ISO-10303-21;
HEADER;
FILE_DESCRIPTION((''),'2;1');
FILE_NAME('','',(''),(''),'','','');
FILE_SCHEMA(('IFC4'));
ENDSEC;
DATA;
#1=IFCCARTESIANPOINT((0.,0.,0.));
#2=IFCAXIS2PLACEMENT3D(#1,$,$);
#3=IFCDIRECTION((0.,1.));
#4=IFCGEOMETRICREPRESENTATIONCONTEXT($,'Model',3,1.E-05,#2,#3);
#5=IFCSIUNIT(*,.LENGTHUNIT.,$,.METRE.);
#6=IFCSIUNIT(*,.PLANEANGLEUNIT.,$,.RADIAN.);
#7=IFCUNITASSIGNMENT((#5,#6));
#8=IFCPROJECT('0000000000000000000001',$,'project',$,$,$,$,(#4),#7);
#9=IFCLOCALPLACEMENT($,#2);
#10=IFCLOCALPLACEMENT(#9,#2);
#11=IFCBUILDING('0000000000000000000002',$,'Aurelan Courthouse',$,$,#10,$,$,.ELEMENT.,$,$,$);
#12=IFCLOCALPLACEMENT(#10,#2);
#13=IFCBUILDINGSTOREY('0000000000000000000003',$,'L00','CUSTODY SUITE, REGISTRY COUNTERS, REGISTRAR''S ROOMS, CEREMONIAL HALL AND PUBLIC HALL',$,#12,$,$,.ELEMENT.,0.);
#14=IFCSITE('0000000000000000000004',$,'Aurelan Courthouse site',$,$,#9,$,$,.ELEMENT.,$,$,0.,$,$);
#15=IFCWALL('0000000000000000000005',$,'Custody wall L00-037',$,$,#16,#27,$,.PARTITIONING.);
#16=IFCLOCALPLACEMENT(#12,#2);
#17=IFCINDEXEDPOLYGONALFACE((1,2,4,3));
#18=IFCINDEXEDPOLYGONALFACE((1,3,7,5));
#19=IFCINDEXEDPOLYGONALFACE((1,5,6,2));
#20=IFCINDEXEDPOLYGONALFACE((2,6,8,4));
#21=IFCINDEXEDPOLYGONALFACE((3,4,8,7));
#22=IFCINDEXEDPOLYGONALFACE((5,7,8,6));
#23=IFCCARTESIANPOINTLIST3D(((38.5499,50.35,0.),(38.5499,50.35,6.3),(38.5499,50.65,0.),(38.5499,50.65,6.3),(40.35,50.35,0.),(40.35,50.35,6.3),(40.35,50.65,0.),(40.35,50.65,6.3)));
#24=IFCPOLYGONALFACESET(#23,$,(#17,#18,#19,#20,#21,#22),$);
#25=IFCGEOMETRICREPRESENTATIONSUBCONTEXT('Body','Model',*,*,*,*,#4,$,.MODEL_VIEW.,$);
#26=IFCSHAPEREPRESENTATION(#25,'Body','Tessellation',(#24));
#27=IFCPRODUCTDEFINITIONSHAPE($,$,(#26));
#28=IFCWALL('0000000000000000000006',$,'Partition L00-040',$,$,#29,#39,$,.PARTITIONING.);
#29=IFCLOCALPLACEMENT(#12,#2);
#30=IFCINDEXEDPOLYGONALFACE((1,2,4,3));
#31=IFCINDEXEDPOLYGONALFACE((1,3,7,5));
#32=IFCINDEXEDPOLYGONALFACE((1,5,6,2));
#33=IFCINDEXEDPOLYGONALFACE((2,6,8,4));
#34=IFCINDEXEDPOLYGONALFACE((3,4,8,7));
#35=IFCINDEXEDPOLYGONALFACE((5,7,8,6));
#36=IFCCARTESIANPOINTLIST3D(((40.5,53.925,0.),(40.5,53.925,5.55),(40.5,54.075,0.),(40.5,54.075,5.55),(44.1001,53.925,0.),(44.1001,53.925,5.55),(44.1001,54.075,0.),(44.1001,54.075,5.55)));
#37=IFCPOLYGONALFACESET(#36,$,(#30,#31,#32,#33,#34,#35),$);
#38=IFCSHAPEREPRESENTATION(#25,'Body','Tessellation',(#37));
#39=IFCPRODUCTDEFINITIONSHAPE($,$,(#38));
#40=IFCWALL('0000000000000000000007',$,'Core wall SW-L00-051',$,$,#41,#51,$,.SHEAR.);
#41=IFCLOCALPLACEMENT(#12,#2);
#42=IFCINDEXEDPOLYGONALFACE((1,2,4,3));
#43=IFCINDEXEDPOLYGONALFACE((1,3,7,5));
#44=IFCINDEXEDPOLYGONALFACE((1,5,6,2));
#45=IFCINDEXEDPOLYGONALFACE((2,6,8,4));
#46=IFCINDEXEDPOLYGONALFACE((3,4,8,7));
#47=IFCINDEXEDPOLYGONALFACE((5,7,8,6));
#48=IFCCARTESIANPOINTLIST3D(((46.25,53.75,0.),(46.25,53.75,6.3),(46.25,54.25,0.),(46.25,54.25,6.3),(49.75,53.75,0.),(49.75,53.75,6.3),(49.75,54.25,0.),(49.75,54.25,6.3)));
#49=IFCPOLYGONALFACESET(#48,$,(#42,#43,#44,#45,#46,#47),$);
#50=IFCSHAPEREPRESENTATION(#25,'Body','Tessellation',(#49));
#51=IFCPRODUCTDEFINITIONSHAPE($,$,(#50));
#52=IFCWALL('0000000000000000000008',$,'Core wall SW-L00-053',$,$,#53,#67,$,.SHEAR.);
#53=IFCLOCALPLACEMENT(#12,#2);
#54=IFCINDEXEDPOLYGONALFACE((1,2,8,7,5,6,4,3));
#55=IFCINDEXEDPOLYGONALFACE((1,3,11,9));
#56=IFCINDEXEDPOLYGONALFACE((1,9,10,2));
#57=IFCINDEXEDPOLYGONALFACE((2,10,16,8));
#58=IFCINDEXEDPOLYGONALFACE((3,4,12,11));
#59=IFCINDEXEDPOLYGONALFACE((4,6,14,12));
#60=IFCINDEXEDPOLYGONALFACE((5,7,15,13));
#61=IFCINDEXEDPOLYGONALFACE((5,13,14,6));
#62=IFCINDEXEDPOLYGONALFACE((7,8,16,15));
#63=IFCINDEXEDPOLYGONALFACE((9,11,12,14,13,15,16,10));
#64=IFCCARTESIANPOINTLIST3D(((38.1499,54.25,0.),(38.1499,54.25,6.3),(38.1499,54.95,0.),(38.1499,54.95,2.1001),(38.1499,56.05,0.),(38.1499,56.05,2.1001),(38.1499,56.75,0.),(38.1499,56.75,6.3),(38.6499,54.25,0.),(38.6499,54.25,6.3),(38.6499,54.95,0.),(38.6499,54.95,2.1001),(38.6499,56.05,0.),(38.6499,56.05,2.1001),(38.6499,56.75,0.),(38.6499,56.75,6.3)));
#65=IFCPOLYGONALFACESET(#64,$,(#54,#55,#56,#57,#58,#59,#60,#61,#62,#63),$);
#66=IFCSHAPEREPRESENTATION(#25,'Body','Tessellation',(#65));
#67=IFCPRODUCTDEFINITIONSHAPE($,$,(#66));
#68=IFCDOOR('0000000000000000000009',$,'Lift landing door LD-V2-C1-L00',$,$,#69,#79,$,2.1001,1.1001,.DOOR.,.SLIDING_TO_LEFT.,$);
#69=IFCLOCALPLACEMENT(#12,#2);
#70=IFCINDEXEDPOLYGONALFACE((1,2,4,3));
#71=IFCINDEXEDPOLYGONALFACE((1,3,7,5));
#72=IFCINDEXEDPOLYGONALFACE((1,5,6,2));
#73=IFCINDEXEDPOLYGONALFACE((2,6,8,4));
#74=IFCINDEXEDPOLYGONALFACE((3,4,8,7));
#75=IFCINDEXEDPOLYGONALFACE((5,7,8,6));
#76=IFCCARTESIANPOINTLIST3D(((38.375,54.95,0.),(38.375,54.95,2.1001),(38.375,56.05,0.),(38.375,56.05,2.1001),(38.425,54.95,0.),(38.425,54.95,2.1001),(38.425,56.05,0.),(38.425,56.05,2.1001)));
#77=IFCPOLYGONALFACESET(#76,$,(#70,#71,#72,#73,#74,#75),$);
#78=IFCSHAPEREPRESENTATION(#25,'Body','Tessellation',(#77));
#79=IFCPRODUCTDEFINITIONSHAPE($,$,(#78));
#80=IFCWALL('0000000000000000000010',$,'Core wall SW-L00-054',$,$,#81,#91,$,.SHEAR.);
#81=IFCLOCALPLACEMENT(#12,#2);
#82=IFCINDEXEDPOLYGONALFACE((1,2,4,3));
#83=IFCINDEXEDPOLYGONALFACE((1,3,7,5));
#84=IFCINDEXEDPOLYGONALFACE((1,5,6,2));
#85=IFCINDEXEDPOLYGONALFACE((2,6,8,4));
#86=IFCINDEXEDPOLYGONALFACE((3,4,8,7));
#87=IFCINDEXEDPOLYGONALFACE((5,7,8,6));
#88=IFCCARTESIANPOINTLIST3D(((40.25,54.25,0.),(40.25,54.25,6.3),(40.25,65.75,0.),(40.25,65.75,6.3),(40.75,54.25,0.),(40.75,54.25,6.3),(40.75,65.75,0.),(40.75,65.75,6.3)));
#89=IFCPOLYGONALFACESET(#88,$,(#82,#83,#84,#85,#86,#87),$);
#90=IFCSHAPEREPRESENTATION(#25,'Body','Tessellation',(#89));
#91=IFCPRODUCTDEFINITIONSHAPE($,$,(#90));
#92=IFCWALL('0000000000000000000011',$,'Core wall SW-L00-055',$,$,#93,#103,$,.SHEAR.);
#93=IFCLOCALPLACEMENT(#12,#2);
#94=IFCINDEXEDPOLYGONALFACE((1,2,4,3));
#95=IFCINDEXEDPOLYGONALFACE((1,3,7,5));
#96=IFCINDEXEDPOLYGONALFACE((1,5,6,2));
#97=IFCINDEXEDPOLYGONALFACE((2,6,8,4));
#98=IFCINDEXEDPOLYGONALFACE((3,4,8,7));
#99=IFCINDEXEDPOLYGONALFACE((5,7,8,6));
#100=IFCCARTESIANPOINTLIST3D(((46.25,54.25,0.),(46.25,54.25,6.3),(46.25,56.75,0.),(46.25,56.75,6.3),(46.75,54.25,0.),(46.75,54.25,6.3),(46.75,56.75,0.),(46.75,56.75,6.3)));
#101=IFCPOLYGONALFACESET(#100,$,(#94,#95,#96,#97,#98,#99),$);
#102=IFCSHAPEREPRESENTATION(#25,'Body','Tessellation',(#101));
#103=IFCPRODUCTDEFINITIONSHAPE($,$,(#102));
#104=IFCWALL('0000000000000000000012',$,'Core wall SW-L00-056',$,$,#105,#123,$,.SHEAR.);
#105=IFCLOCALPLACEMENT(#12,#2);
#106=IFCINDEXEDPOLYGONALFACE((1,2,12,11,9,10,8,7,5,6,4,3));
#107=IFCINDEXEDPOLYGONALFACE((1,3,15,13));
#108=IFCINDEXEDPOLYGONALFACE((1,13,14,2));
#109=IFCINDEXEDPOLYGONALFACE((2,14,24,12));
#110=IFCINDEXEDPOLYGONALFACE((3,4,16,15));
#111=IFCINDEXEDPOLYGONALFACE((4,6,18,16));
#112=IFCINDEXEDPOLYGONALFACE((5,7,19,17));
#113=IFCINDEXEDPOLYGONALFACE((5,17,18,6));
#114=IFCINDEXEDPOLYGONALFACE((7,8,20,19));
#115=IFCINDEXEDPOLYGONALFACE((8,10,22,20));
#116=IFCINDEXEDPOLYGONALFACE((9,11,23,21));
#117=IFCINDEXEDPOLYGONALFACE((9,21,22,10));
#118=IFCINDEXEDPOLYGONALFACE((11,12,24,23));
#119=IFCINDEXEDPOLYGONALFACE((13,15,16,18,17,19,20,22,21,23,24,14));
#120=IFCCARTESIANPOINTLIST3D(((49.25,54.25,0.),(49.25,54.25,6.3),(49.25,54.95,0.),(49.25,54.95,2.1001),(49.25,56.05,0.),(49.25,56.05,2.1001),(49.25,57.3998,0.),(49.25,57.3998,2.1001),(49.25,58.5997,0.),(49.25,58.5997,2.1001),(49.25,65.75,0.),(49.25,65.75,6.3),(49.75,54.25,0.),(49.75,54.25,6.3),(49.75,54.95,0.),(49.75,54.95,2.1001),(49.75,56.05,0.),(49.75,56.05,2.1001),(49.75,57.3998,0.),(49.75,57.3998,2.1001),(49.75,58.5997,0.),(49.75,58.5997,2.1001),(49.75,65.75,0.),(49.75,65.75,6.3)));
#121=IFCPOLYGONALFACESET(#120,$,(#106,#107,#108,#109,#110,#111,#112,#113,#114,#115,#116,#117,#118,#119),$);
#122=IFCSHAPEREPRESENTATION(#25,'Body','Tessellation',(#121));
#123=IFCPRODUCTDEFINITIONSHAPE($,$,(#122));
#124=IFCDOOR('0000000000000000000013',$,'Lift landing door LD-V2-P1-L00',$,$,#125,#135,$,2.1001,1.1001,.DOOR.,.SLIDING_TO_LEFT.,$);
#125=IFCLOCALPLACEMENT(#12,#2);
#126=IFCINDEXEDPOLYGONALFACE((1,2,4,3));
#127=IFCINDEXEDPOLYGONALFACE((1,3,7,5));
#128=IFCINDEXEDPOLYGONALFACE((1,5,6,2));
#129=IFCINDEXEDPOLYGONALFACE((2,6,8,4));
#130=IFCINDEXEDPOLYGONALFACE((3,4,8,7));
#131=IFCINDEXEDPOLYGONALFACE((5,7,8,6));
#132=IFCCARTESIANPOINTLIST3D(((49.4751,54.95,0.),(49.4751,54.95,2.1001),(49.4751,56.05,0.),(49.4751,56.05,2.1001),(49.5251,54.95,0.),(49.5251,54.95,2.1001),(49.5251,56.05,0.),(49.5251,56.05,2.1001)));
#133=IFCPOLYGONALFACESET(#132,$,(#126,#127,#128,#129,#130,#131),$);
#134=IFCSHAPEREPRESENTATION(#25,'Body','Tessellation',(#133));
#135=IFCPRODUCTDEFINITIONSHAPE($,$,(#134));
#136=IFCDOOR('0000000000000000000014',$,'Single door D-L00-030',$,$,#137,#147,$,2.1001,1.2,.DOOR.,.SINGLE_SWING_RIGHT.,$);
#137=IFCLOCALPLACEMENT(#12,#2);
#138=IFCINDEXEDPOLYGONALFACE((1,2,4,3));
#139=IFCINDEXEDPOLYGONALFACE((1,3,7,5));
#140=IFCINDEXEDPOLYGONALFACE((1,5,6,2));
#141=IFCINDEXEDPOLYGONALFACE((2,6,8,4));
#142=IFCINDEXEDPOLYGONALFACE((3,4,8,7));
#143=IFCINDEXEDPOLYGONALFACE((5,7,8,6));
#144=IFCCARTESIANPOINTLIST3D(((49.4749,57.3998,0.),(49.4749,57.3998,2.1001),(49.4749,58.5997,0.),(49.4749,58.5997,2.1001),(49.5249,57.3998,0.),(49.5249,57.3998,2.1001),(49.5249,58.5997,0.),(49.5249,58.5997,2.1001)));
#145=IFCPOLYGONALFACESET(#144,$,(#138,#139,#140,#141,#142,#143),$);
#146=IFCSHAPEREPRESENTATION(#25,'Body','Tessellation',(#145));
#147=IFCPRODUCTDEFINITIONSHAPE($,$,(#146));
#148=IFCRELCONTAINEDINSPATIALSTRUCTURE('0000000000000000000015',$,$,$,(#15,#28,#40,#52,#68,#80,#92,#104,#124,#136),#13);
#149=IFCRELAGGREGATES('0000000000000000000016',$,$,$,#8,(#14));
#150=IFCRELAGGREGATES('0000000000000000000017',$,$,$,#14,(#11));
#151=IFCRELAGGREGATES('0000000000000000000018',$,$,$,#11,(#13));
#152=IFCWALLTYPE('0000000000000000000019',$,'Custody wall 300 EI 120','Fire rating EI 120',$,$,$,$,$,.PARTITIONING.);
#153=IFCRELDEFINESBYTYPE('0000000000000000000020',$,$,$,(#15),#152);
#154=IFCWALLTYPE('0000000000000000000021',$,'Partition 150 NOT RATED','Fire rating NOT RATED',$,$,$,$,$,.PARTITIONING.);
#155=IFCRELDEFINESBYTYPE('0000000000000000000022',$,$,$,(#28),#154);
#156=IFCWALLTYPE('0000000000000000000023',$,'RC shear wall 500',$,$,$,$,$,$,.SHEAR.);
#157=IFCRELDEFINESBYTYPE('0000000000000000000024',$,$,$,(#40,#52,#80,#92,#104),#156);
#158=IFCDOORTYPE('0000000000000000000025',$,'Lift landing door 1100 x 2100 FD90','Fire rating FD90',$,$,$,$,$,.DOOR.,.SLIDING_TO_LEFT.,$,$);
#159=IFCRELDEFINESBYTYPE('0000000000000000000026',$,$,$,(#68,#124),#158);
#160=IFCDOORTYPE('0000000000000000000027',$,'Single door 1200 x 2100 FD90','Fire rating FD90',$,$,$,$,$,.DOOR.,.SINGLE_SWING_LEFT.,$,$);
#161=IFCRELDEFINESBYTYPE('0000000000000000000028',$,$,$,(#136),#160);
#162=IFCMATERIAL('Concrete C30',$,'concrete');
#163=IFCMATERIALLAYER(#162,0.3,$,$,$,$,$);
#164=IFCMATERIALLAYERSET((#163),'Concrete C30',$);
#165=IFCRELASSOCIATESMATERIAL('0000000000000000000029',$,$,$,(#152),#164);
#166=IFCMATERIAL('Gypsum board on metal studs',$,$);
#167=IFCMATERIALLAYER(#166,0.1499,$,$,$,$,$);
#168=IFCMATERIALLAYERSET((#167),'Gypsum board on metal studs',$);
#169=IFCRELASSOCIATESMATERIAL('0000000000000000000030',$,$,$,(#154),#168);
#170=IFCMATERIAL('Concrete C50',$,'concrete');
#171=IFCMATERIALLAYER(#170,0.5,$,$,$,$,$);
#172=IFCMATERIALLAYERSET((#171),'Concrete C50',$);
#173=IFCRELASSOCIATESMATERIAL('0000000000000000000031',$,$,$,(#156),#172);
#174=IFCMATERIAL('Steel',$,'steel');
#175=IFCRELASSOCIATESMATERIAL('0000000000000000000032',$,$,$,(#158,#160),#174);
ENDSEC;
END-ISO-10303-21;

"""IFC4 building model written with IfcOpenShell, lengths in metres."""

from ifc_helpers import new_model, si_unit, direction, frame, frame_2d, origin, place, context, subcontext, project, spatial, rectangle, extrude, material, layer, layer_set, type_object, element, fill, save


model = new_model("IFC4")

# Units and contexts
model_context = context("Model", 3, precision=1e-05, world=origin(), true_north=direction((0.0, 1.0)))
body_context = subcontext(model_context, "Body", "Model", "MODEL_VIEW")
ifc_project = project(units=[si_unit("LENGTHUNIT", "METRE"), si_unit("PLANEANGLEUNIT", "RADIAN")], contexts=[model_context])

# Site, building, storey
site_placement = place(None, origin())
site = spatial("IfcSite", under=ifc_project, at=site_placement, Name="Aurelan Courthouse site", CompositionType="ELEMENT", RefElevation=0.0)
building_placement = place(site_placement, origin())
building = spatial("IfcBuilding", under=site, at=building_placement, Name="Aurelan Courthouse", CompositionType="ELEMENT")
storey_placement = place(building_placement, origin())
storey = spatial("IfcBuildingStorey", under=building, at=storey_placement, Name="L00", Description="CUSTODY SUITE, REGISTRY COUNTERS, REGISTRAR'S ROOMS, CEREMONIAL HALL AND PUBLIC HALL", CompositionType="ELEMENT", Elevation=0.0)

# Shared definitions
ifc_material_1 = material(Name="Concrete C50", Category="concrete")

# Shared definitions
ifc_material_2 = material(Name="Gypsum board on metal studs")

# Shared definitions
ifc_material_3 = material(Name="Steel", Category="steel")

# Walls
ifc_material_4 = material(Name="Concrete C30", Category="concrete")
ifc_layer_1 = layer(ifc_material_4, 0.3)
ifc_layer_set_1 = layer_set([ifc_layer_1], Name="Concrete C30")
wall_type_1 = type_object("IfcWallType", Name="Custody wall 300 EI 120", Description="Fire rating EI 120", PredefinedType="PARTITIONING", material=ifc_layer_set_1)
for number, where, z_axis, x_axis, name in (
    (1, (38.55, 50.5, 0.0), (0.0, 0.0, 1.0), (1.0, 0.0, 0.0), "Custody wall L00-037"),
):
    element("IfcWall", number, at=place(storey_placement, frame(where, z_axis=z_axis, x_axis=x_axis)), inside=storey, type_object=wall_type_1, Name=name, PredefinedType="PARTITIONING", context=body_context, shape_type="SweptSolid", body=[
        extrude(rectangle(XDim=1.8, YDim=0.3, at=frame_2d((0.8999, 0.0))), origin(), (0.0, 0.0, 1.0), 6.3),
    ])
ifc_layer_2 = layer(ifc_material_2, 0.1499)
ifc_layer_set_2 = layer_set([ifc_layer_2], Name="Gypsum board on metal studs")
wall_type_2 = type_object("IfcWallType", Name="Partition 150 NOT RATED", Description="Fire rating NOT RATED", PredefinedType="PARTITIONING", material=ifc_layer_set_2)
wall_1_placement = place(storey_placement, frame((40.5, 54.0, 0.0), z_axis=(0.0, 0.0, 1.0), x_axis=(1.0, 0.0, 0.0)))
element("IfcWall", 2, at=wall_1_placement, inside=storey, type_object=wall_type_2, Name="Partition L00-040", PredefinedType="PARTITIONING", context=body_context, shape_type="SweptSolid", body=[
    extrude(rectangle(XDim=3.6001, YDim=0.1499, at=frame_2d((1.8, 0.0))), origin(), (0.0, 0.0, 1.0), 5.55),
])
ifc_layer_3 = layer(ifc_material_1, 0.5)
ifc_layer_set_3 = layer_set([ifc_layer_3], Name="Concrete C50")
wall_type_3 = type_object("IfcWallType", Name="RC shear wall 500", PredefinedType="SHEAR", material=ifc_layer_set_3)
wall_2_placement = place(storey_placement, frame((46.25, 54.0, 0.0), z_axis=(0.0, 0.0, 1.0), x_axis=(1.0, 0.0, 0.0)))
element("IfcWall", 3, at=wall_2_placement, inside=storey, type_object=wall_type_3, Name="Core wall SW-L00-051", PredefinedType="SHEAR", context=body_context, shape_type="SweptSolid", body=[
    extrude(rectangle(XDim=3.5, YDim=0.5, at=frame_2d((1.75, 0.0))), origin(), (0.0, 0.0, 1.0), 6.3),
])

# Wall, opening, door
wall_3_placement = place(storey_placement, frame((38.3999, 54.25, 0.0), z_axis=(0.0, 0.0, 1.0), x_axis=(0.0, 1.0, 0.0)))
wall_3 = element("IfcWall", 4, at=wall_3_placement, inside=storey, type_object=wall_type_3, Name="Core wall SW-L00-053", PredefinedType="SHEAR", context=body_context, shape_type="SweptSolid", body=[
    extrude(rectangle(XDim=2.5, YDim=0.5, at=frame_2d((1.25, 0.0))), origin(), (0.0, 0.0, 1.0), 6.3),
])
opening_1_placement = place(wall_3_placement, frame((0.7, 0.0, 0.0)))
opening_1 = element("IfcOpeningElement", 5, at=opening_1_placement, cuts=wall_3, PredefinedType="OPENING", context=body_context, shape_type="SweptSolid", body=[
    extrude(rectangle(XDim=1.1001, YDim=2.1001, at=frame_2d((0.55, 1.05))), frame((0.0, 0.26, 0.0), z_axis=(0.0, -1.0, 0.0), x_axis=(1.0, 0.0, 0.0)), (0.0, 0.0, 1.0), 0.52),
])
door_type_1 = type_object("IfcDoorType", Name="Lift landing door 1100 x 2100 FD90", Description="Fire rating FD90", OperationType="SLIDING_TO_LEFT", PredefinedType="DOOR", material=ifc_material_3)
door_1_placement = place(opening_1_placement, origin())
door_1 = element("IfcDoor", 6, at=door_1_placement, inside=storey, type_object=door_type_1, Name="Lift landing door LD-V2-C1-L00", OperationType="SLIDING_TO_LEFT", OverallHeight=2.1001, OverallWidth=1.1001, PredefinedType="DOOR", context=body_context, shape_type="SweptSolid", body=[
    extrude(rectangle(XDim=1.1001, YDim=2.1001, at=frame_2d((0.55, 1.05))), frame((0.0, 0.0249, 0.0), z_axis=(0.0, -1.0, 0.0), x_axis=(1.0, 0.0, 0.0)), (0.0, 0.0, 1.0), 0.05),
])
fill(opening_1, door_1)

# Walls
wall_4_placement = place(storey_placement, frame((40.5, 54.25, 0.0), z_axis=(0.0, 0.0, 1.0), x_axis=(0.0, 1.0, 0.0)))
element("IfcWall", 7, at=wall_4_placement, inside=storey, type_object=wall_type_3, Name="Core wall SW-L00-054", PredefinedType="SHEAR", context=body_context, shape_type="SweptSolid", body=[
    extrude(rectangle(XDim=11.5, YDim=0.5, at=frame_2d((5.75, 0.0))), origin(), (0.0, 0.0, 1.0), 6.3),
])
wall_5_placement = place(storey_placement, frame((46.5, 54.25, 0.0), z_axis=(0.0, 0.0, 1.0), x_axis=(0.0, 1.0, 0.0)))
element("IfcWall", 8, at=wall_5_placement, inside=storey, type_object=wall_type_3, Name="Core wall SW-L00-055", PredefinedType="SHEAR", context=body_context, shape_type="SweptSolid", body=[
    extrude(rectangle(XDim=2.5, YDim=0.5, at=frame_2d((1.25, 0.0))), origin(), (0.0, 0.0, 1.0), 6.3),
])

# Wall, openings, doors
wall_6_placement = place(storey_placement, frame((49.5, 54.25, 0.0), z_axis=(0.0, 0.0, 1.0), x_axis=(0.0, 1.0, 0.0)))
wall_6 = element("IfcWall", 9, at=wall_6_placement, inside=storey, type_object=wall_type_3, Name="Core wall SW-L00-056", PredefinedType="SHEAR", context=body_context, shape_type="SweptSolid", body=[
    extrude(rectangle(XDim=11.5, YDim=0.5, at=frame_2d((5.75, 0.0))), origin(), (0.0, 0.0, 1.0), 6.3),
])
opening_2_placement = place(wall_6_placement, frame((0.7, 0.0, 0.0)))
opening_2 = element("IfcOpeningElement", 10, at=opening_2_placement, cuts=wall_6, PredefinedType="OPENING", context=body_context, shape_type="SweptSolid", body=[
    extrude(rectangle(XDim=1.1001, YDim=2.1001, at=frame_2d((0.55, 1.05))), frame((0.0, 0.26, 0.0), z_axis=(0.0, -1.0, 0.0), x_axis=(1.0, 0.0, 0.0)), (0.0, 0.0, 1.0), 0.52),
])
opening_3_placement = place(wall_6_placement, frame((4.3499, 0.0, 0.0), z_axis=(0.0, 0.0, 1.0), x_axis=(-1.0, 0.0, 0.0)))
opening_3 = element("IfcOpeningElement", 11, at=opening_3_placement, cuts=wall_6, PredefinedType="OPENING", context=body_context, shape_type="SweptSolid", body=[
    extrude(rectangle(XDim=1.2, YDim=2.1001, at=frame_2d((0.6001, 1.05))), frame((0.0, 0.26, 0.0), z_axis=(0.0, -1.0, 0.0), x_axis=(1.0, 0.0, 0.0)), (0.0, 0.0, 1.0), 0.52),
])
door_2_placement = place(opening_2_placement, origin())
door_2 = element("IfcDoor", 12, at=door_2_placement, inside=storey, type_object=door_type_1, Name="Lift landing door LD-V2-P1-L00", OperationType="SLIDING_TO_LEFT", OverallHeight=2.1001, OverallWidth=1.1001, PredefinedType="DOOR", context=body_context, shape_type="SweptSolid", body=[
    extrude(rectangle(XDim=1.1001, YDim=2.1001, at=frame_2d((0.55, 1.05))), frame((0.0, 0.0249, 0.0), z_axis=(0.0, -1.0, 0.0), x_axis=(1.0, 0.0, 0.0)), (0.0, 0.0, 1.0), 0.05),
])
fill(opening_2, door_2)
door_type_2 = type_object("IfcDoorType", Name="Single door 1200 x 2100 FD90", Description="Fire rating FD90", OperationType="SINGLE_SWING_LEFT", PredefinedType="DOOR", material=ifc_material_3)
door_3_placement = place(opening_3_placement, origin())
door_3 = element("IfcDoor", 13, at=door_3_placement, inside=storey, type_object=door_type_2, Name="Single door D-L00-030", OperationType="SINGLE_SWING_RIGHT", OverallHeight=2.1001, OverallWidth=1.2, PredefinedType="DOOR", context=body_context, shape_type="SweptSolid", body=[
    extrude(rectangle(XDim=1.2, YDim=2.1001, at=frame_2d((0.6001, 1.05))), frame((0.0, 0.0249, 0.0), z_axis=(0.0, -1.0, 0.0), x_axis=(1.0, 0.0, 0.0)), (0.0, 0.0, 1.0), 0.05),
])
fill(opening_3, door_3)

save(model, "model.ifc")
